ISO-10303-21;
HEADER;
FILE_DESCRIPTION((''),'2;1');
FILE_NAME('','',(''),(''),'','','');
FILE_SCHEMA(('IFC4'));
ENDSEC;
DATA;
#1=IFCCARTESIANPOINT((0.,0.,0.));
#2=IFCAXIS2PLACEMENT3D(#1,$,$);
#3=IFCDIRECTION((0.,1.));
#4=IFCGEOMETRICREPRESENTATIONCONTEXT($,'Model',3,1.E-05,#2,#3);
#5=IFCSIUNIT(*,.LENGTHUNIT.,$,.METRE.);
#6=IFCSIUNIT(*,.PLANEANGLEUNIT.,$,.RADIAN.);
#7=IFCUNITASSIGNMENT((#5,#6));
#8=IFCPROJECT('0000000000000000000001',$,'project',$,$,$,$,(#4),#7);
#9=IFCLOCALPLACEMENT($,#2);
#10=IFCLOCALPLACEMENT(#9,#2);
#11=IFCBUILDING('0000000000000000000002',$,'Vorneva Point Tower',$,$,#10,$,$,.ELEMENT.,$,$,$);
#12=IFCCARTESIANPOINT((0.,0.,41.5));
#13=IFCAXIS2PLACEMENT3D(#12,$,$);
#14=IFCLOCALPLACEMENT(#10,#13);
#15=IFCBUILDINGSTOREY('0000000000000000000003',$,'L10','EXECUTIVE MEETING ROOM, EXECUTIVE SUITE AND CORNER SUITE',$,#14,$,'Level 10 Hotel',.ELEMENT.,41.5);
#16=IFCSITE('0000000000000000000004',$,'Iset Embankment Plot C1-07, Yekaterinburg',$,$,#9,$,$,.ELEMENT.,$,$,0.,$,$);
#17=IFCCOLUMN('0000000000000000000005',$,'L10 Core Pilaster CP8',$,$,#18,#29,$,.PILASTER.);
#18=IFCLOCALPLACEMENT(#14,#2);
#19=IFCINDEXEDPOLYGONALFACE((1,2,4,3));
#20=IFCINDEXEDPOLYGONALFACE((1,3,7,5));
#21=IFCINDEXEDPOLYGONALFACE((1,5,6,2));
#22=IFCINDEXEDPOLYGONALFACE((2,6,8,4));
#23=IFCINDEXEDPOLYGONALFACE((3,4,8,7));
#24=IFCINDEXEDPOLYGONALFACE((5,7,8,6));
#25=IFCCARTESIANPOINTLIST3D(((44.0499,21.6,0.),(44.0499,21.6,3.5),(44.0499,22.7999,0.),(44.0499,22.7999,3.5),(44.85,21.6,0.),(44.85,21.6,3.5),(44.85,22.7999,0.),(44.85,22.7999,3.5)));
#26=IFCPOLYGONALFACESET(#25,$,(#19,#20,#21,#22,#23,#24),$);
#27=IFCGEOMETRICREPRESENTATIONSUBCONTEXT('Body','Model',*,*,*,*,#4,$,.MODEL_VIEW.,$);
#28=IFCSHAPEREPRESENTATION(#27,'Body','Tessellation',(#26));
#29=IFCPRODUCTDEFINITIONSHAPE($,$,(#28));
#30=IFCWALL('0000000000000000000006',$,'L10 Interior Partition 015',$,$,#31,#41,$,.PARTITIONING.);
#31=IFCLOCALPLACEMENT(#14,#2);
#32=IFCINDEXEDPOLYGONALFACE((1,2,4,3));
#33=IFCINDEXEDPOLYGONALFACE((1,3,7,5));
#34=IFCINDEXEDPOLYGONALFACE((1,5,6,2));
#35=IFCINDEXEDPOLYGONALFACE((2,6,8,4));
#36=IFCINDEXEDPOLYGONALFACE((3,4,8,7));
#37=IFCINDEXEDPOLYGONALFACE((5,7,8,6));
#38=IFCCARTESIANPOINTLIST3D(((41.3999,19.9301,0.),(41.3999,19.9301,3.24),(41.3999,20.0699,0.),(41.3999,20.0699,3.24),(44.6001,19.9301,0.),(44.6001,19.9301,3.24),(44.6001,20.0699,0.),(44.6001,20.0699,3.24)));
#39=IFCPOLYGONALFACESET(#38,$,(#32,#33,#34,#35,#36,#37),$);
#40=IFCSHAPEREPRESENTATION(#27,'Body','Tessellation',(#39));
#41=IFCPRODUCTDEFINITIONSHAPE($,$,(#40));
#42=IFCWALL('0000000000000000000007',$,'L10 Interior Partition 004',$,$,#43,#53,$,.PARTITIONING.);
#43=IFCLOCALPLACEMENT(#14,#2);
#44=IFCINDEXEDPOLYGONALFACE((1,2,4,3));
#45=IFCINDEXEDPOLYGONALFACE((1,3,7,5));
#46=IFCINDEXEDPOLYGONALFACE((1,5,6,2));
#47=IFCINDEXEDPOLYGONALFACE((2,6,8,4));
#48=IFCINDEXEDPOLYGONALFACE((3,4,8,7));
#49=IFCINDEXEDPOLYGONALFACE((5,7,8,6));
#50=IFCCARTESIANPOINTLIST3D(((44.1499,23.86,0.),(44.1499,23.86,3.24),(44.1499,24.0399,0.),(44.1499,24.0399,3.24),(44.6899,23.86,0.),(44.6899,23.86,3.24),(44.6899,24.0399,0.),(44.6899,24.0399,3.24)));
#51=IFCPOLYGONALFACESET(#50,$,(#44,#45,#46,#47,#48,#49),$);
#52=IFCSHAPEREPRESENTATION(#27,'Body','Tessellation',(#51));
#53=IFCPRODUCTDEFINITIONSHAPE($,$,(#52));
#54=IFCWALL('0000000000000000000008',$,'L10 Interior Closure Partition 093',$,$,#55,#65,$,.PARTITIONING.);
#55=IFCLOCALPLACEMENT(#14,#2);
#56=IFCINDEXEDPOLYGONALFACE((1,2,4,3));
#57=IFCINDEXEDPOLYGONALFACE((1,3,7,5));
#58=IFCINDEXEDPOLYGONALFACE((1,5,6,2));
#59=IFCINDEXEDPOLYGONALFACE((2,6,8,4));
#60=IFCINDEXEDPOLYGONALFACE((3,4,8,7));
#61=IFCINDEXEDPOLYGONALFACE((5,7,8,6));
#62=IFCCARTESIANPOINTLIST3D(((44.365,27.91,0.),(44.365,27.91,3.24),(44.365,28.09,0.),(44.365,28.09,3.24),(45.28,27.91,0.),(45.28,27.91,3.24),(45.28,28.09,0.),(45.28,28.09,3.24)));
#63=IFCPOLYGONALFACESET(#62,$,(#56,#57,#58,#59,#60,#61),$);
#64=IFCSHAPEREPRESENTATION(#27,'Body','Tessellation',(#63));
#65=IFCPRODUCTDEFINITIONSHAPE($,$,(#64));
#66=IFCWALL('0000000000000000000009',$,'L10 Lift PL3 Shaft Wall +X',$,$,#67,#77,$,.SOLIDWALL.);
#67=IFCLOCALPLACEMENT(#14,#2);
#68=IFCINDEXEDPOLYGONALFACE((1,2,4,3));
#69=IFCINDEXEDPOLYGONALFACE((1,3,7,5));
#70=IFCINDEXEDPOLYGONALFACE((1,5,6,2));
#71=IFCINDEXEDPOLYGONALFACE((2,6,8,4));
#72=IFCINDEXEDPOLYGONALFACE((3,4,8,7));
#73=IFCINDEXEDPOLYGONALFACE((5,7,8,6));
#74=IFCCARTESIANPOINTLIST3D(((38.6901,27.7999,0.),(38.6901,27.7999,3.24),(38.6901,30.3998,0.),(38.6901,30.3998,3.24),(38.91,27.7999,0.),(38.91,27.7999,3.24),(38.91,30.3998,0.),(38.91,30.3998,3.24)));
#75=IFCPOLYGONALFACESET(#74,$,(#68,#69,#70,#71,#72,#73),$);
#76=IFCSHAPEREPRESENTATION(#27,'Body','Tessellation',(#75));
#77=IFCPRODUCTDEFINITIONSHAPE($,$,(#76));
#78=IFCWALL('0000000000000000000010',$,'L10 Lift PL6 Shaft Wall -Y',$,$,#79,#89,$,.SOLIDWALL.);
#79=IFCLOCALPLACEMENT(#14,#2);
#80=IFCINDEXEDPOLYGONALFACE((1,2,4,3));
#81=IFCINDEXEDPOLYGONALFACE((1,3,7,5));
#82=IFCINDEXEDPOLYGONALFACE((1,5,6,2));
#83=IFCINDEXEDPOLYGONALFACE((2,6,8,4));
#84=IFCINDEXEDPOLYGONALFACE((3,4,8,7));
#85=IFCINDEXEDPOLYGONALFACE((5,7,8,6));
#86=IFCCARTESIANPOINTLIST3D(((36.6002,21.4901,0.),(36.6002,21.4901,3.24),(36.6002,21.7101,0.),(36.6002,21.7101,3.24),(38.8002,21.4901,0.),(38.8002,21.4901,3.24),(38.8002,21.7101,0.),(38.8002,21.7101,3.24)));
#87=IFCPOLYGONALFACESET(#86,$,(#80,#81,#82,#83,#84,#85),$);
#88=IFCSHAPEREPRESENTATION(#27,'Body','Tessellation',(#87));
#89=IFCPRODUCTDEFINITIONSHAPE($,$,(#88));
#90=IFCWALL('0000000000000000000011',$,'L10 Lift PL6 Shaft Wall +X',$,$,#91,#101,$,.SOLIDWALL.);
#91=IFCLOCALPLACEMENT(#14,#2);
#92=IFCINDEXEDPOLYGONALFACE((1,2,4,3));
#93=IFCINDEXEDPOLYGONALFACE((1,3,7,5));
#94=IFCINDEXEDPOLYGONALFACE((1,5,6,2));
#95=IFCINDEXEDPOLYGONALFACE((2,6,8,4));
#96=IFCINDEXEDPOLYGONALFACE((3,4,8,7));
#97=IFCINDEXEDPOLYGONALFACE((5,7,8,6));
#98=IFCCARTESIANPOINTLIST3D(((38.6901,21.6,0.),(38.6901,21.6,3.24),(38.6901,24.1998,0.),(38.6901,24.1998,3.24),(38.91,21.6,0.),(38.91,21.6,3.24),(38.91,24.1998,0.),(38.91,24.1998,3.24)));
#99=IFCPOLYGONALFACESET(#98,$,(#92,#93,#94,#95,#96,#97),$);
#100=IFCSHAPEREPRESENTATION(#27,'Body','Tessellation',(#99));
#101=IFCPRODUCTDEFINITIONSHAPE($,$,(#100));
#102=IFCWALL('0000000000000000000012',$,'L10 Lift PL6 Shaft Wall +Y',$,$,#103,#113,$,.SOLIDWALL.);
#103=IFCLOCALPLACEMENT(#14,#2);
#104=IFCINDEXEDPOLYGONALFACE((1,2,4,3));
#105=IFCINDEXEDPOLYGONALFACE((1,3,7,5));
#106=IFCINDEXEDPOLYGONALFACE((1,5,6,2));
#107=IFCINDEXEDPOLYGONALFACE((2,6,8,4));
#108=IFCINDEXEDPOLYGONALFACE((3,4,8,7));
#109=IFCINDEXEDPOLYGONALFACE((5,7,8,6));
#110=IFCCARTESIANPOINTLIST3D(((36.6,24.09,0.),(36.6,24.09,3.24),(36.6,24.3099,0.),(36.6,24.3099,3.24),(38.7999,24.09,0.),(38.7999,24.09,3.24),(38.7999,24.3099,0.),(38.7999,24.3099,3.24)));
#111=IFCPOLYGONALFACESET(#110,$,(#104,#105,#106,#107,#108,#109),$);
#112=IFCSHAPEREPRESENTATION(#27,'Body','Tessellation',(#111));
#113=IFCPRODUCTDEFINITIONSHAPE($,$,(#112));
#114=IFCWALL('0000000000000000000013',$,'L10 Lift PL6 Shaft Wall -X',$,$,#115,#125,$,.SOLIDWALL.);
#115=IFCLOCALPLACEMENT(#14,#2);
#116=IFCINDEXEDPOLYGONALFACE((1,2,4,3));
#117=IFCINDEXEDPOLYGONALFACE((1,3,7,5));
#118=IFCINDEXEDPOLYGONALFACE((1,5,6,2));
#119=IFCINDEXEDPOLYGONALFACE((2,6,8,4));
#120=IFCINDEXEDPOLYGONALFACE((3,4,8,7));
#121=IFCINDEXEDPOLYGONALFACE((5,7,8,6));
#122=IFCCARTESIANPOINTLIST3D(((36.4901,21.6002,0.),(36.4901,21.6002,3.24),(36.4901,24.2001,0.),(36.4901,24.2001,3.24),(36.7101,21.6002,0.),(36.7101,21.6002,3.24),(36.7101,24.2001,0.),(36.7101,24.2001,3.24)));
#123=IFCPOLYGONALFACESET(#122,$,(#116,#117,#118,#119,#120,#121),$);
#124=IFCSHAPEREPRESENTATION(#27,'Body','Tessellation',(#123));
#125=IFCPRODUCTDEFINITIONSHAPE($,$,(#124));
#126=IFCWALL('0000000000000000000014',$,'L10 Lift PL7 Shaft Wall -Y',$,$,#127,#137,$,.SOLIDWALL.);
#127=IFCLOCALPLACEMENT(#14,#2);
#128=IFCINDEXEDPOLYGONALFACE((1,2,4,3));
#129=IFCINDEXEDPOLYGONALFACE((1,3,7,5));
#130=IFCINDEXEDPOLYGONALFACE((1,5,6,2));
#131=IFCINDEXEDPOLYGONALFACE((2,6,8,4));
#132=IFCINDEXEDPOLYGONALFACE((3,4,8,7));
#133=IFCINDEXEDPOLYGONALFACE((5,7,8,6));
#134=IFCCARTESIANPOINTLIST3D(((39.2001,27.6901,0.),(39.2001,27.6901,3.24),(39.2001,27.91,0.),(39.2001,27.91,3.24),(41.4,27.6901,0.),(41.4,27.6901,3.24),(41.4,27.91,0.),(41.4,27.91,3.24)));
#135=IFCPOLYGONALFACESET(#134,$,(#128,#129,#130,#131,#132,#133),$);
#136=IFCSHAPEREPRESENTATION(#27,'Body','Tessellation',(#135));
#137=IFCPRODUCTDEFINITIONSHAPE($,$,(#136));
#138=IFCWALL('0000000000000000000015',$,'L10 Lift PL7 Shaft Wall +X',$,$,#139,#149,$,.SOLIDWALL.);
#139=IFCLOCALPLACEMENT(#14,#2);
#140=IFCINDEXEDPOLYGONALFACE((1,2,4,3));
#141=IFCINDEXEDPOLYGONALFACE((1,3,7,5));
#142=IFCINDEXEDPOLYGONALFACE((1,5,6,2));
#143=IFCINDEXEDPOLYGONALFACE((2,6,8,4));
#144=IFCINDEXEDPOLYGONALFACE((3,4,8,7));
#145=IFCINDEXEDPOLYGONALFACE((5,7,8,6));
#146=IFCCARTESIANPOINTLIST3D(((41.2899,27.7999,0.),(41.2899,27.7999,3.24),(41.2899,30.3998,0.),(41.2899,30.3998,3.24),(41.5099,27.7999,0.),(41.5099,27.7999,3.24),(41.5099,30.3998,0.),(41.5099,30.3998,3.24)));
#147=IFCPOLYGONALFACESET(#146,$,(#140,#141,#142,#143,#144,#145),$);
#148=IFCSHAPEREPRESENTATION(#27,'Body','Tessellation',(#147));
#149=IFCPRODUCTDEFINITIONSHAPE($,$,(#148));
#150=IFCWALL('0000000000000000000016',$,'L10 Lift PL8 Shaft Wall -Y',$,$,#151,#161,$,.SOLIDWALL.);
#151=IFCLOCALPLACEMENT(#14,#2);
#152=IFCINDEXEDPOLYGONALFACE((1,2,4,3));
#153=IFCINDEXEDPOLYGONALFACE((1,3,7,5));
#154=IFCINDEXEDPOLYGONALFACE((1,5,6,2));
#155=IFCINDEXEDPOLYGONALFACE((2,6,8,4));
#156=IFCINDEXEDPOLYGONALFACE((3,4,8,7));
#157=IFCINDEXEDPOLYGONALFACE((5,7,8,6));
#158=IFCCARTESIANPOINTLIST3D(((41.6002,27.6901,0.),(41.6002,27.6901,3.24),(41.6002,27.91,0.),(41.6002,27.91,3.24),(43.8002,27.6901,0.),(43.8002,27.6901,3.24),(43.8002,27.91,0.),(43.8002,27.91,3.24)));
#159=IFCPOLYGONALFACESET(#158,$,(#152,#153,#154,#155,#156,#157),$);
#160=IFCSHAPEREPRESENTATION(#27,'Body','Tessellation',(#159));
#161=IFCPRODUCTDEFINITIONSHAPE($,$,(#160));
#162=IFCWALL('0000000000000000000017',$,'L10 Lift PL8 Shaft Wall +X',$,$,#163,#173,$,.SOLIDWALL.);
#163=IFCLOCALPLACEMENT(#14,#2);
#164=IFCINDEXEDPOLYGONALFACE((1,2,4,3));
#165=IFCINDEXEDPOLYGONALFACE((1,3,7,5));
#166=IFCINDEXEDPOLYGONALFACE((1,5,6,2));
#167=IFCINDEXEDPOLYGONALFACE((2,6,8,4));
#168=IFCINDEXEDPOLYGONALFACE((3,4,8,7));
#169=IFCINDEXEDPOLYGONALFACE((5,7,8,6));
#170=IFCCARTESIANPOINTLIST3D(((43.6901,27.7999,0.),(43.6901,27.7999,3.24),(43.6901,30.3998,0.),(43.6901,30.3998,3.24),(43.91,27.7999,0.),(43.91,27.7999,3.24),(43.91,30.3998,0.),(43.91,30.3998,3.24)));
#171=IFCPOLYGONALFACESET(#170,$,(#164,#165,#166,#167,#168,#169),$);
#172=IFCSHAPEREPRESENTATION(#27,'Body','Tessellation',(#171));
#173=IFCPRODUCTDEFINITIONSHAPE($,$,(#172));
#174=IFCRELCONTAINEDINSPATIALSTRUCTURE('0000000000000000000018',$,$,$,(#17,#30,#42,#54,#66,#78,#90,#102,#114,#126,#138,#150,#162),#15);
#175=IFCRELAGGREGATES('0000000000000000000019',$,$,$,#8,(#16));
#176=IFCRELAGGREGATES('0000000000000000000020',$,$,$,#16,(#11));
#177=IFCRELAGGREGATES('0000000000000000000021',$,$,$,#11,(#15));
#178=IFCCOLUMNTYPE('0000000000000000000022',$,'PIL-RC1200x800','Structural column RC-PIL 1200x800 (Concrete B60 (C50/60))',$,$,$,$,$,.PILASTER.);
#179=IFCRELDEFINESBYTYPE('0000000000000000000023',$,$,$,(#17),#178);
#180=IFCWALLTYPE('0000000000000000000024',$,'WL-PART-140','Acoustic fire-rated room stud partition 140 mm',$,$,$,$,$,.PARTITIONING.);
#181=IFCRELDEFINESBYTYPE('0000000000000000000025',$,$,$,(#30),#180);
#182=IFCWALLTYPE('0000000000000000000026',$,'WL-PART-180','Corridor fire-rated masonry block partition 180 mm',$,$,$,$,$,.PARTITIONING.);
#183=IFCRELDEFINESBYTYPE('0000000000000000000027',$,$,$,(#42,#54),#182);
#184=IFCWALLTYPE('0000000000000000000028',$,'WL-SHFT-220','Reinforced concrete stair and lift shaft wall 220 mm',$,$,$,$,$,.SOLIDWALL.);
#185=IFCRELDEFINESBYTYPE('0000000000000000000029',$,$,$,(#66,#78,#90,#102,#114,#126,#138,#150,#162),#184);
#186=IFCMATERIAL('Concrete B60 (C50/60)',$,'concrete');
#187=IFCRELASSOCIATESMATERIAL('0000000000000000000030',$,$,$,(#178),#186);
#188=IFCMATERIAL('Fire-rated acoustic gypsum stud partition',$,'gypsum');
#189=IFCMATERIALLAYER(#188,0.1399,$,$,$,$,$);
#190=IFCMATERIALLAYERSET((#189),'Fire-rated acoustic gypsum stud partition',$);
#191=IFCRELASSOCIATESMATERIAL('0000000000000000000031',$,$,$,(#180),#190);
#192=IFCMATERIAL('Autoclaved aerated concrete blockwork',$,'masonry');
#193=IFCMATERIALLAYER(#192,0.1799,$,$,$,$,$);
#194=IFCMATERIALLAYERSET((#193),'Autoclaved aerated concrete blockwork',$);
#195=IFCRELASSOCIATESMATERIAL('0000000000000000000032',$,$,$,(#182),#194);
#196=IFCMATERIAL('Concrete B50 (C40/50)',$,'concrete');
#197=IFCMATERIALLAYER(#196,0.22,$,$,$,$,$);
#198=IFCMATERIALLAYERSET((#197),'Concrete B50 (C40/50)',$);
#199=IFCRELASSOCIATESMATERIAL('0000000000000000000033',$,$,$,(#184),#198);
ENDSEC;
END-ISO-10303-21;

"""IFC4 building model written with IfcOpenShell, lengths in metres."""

from ifc_helpers import new_model, si_unit, direction, frame, frame_2d, origin, origin_2d, place, context, subcontext, project, spatial, rectangle, extrude, material, layer, layer_set, material_profile, profile_set, type_object, element, save


model = new_model("IFC4")

# Units and contexts
model_context = context("Model", 3, precision=1e-05, world=origin(), true_north=direction((0.0, 1.0)))
body_context = subcontext(model_context, "Body", "Model", "MODEL_VIEW")
ifc_project = project(units=[si_unit("LENGTHUNIT", "METRE"), si_unit("PLANEANGLEUNIT", "RADIAN")], contexts=[model_context])

# Site, building, storey
site_placement = place(None, origin())
site = spatial("IfcSite", under=ifc_project, at=site_placement, Name="Iset Embankment Plot C1-07, Yekaterinburg", CompositionType="ELEMENT", RefElevation=0.0)
building_placement = place(site_placement, origin())
building = spatial("IfcBuilding", under=site, at=building_placement, Name="Vorneva Point Tower", CompositionType="ELEMENT")
storey_placement = place(building_placement, frame((0.0, 0.0, 41.5)))
storey = spatial("IfcBuildingStorey", under=building, at=storey_placement, Name="L10", Description="EXECUTIVE MEETING ROOM, EXECUTIVE SUITE AND CORNER SUITE", LongName="Level 10 Hotel", CompositionType="ELEMENT", Elevation=41.5)

# Column
ifc_material_1 = material(Name="Concrete B60 (C50/60)", Category="concrete")
ifc_material_profile = material_profile(ifc_material_1, rectangle(XDim=0.8, YDim=1.2, at=origin_2d()), Name="RC-PIL 1200x800")
ifc_profile_set = profile_set([ifc_material_profile], Name="Concrete B60 (C50/60)")
column_type = type_object("IfcColumnType", Name="PIL-RC1200x800", Description="Structural column RC-PIL 1200x800 (Concrete B60 (C50/60))", PredefinedType="PILASTER", material=ifc_profile_set)
column_placement = place(storey_placement, frame((44.45, 22.2, 0.0), z_axis=(0.0, 0.0, 1.0), x_axis=(1.0, 0.0, 0.0)))
element("IfcColumn", 1, at=column_placement, inside=storey, type_object=column_type, Name="L10 Core Pilaster CP8", PredefinedType="PILASTER", context=body_context, shape_type="SweptSolid", body=[
    extrude(rectangle(XDim=0.8, YDim=1.2, at=origin_2d()), origin(), (0.0, 0.0, 1.0), 3.5),
])

# Wall
ifc_material_2 = material(Name="Fire-rated acoustic gypsum stud partition", Category="gypsum")
ifc_layer_1 = layer(ifc_material_2, 0.1399)
ifc_layer_set_1 = layer_set([ifc_layer_1], Name="Fire-rated acoustic gypsum stud partition")
wall_type_1 = type_object("IfcWallType", Name="WL-PART-140", Description="Acoustic fire-rated room stud partition 140 mm", PredefinedType="PARTITIONING", material=ifc_layer_set_1)
wall_1_placement = place(storey_placement, frame((44.6001, 20.0, 0.0), z_axis=(0.0, 0.0, 1.0), x_axis=(-1.0, 0.0, 0.0)))
element("IfcWall", 2, at=wall_1_placement, inside=storey, type_object=wall_type_1, Name="L10 Interior Partition 015", PredefinedType="PARTITIONING", context=body_context, shape_type="SweptSolid", body=[
    extrude(rectangle(XDim=3.2002, YDim=0.1399, at=frame_2d((1.6001, 0.0))), origin(), (0.0, 0.0, 1.0), 3.24),
])

# Shared definitions
ifc_material_3 = material(Name="Autoclaved aerated concrete blockwork", Category="masonry")
ifc_layer_2 = layer(ifc_material_3, 0.1799)
ifc_layer_set_2 = layer_set([ifc_layer_2], Name="Autoclaved aerated concrete blockwork")
wall_type_2 = type_object("IfcWallType", Name="WL-PART-180", Description="Corridor fire-rated masonry block partition 180 mm", PredefinedType="PARTITIONING", material=ifc_layer_set_2)

# Wall
wall_2_placement = place(storey_placement, frame((44.1499, 23.95, 0.0), z_axis=(0.0, 0.0, 1.0), x_axis=(1.0, 0.0, 0.0)))
element("IfcWall", 3, at=wall_2_placement, inside=storey, type_object=wall_type_2, Name="L10 Interior Partition 004", PredefinedType="PARTITIONING", context=body_context, shape_type="SweptSolid", body=[
    extrude(rectangle(XDim=0.54, YDim=0.1799, at=frame_2d((0.27, 0.0))), origin(), (0.0, 0.0, 1.0), 3.24),
])

# Wall
wall_3_placement = place(storey_placement, frame((45.28, 28.0, 0.0), z_axis=(0.0, 0.0, 1.0), x_axis=(-1.0, 0.0, 0.0)))
element("IfcWall", 4, at=wall_3_placement, inside=storey, type_object=wall_type_2, Name="L10 Interior Closure Partition 093", PredefinedType="PARTITIONING", context=body_context, shape_type="SweptSolid", body=[
    extrude(rectangle(XDim=0.915, YDim=0.1799, at=frame_2d((0.4575, 0.0))), origin(), (0.0, 0.0, 1.0), 3.24),
])

# Shared definitions
ifc_material_4 = material(Name="Concrete B50 (C40/50)", Category="concrete")
ifc_layer_3 = layer(ifc_material_4, 0.22)
ifc_layer_set_3 = layer_set([ifc_layer_3], Name="Concrete B50 (C40/50)")
wall_type_3 = type_object("IfcWallType", Name="WL-SHFT-220", Description="Reinforced concrete stair and lift shaft wall 220 mm", PredefinedType="SOLIDWALL", material=ifc_layer_set_3)

# Walls
wall_4_placement = place(storey_placement, frame((38.8, 27.8, 0.0), z_axis=(0.0, 0.0, 1.0), x_axis=(0.0, 1.0, 0.0)))
element("IfcWall", 5, at=wall_4_placement, inside=storey, type_object=wall_type_3, Name="L10 Lift PL3 Shaft Wall +X", PredefinedType="SOLIDWALL", context=body_context, shape_type="SweptSolid", body=[
    extrude(rectangle(XDim=2.5999, YDim=0.22, at=frame_2d((1.2998, 0.0))), origin(), (0.0, 0.0, 1.0), 3.24),
])
wall_5_placement = place(storey_placement, frame((36.6001, 21.6001, 0.0), z_axis=(0.0, 0.0, 1.0), x_axis=(1.0, 0.0, 0.0)))
element("IfcWall", 6, at=wall_5_placement, inside=storey, type_object=wall_type_3, Name="L10 Lift PL6 Shaft Wall -Y", PredefinedType="SOLIDWALL", context=body_context, shape_type="SweptSolid", body=[
    extrude(rectangle(XDim=2.2, YDim=0.22, at=frame_2d((1.1001, 0.0))), origin(), (0.0, 0.0, 1.0), 3.24),
])
wall_6_placement = place(storey_placement, frame((38.8, 21.6001, 0.0), z_axis=(0.0, 0.0, 1.0), x_axis=(0.0, 1.0, 0.0)))
element("IfcWall", 7, at=wall_6_placement, inside=storey, type_object=wall_type_3, Name="L10 Lift PL6 Shaft Wall +X", PredefinedType="SOLIDWALL", context=body_context, shape_type="SweptSolid", body=[
    extrude(rectangle(XDim=2.5999, YDim=0.22, at=frame_2d((1.2998, 0.0))), origin(), (0.0, 0.0, 1.0), 3.24),
])
wall_7_placement = place(storey_placement, frame((38.8, 24.2, 0.0), z_axis=(0.0, 0.0, 1.0), x_axis=(-1.0, 0.0, 0.0)))
element("IfcWall", 8, at=wall_7_placement, inside=storey, type_object=wall_type_3, Name="L10 Lift PL6 Shaft Wall +Y", PredefinedType="SOLIDWALL", context=body_context, shape_type="SweptSolid", body=[
    extrude(rectangle(XDim=2.2, YDim=0.22, at=frame_2d((1.1001, 0.0))), origin(), (0.0, 0.0, 1.0), 3.24),
])
wall_8_placement = place(storey_placement, frame((36.6001, 24.2, 0.0), z_axis=(0.0, 0.0, 1.0), x_axis=(0.0, -1.0, 0.0)))
element("IfcWall", 9, at=wall_8_placement, inside=storey, type_object=wall_type_3, Name="L10 Lift PL6 Shaft Wall -X", PredefinedType="SOLIDWALL", context=body_context, shape_type="SweptSolid", body=[
    extrude(rectangle(XDim=2.5999, YDim=0.22, at=frame_2d((1.2998, 0.0))), origin(), (0.0, 0.0, 1.0), 3.24),
])
wall_9_placement = place(storey_placement, frame((39.2, 27.8, 0.0), z_axis=(0.0, 0.0, 1.0), x_axis=(1.0, 0.0, 0.0)))
element("IfcWall", 10, at=wall_9_placement, inside=storey, type_object=wall_type_3, Name="L10 Lift PL7 Shaft Wall -Y", PredefinedType="SOLIDWALL", context=body_context, shape_type="SweptSolid", body=[
    extrude(rectangle(XDim=2.2, YDim=0.22, at=frame_2d((1.1001, 0.0))), origin(), (0.0, 0.0, 1.0), 3.24),
])
wall_10_placement = place(storey_placement, frame((41.3999, 27.8, 0.0), z_axis=(0.0, 0.0, 1.0), x_axis=(0.0, 1.0, 0.0)))
element("IfcWall", 11, at=wall_10_placement, inside=storey, type_object=wall_type_3, Name="L10 Lift PL7 Shaft Wall +X", PredefinedType="SOLIDWALL", context=body_context, shape_type="SweptSolid", body=[
    extrude(rectangle(XDim=2.5999, YDim=0.22, at=frame_2d((1.2998, 0.0))), origin(), (0.0, 0.0, 1.0), 3.24),
])
wall_11_placement = place(storey_placement, frame((41.6001, 27.8, 0.0), z_axis=(0.0, 0.0, 1.0), x_axis=(1.0, 0.0, 0.0)))
element("IfcWall", 12, at=wall_11_placement, inside=storey, type_object=wall_type_3, Name="L10 Lift PL8 Shaft Wall -Y", PredefinedType="SOLIDWALL", context=body_context, shape_type="SweptSolid", body=[
    extrude(rectangle(XDim=2.2, YDim=0.22, at=frame_2d((1.1001, 0.0))), origin(), (0.0, 0.0, 1.0), 3.24),
])
wall_12_placement = place(storey_placement, frame((43.8, 27.8, 0.0), z_axis=(0.0, 0.0, 1.0), x_axis=(0.0, 1.0, 0.0)))
element("IfcWall", 13, at=wall_12_placement, inside=storey, type_object=wall_type_3, Name="L10 Lift PL8 Shaft Wall +X", PredefinedType="SOLIDWALL", context=body_context, shape_type="SweptSolid", body=[
    extrude(rectangle(XDim=2.5999, YDim=0.22, at=frame_2d((1.2998, 0.0))), origin(), (0.0, 0.0, 1.0), 3.24),
])

save(model, "model.ifc")
